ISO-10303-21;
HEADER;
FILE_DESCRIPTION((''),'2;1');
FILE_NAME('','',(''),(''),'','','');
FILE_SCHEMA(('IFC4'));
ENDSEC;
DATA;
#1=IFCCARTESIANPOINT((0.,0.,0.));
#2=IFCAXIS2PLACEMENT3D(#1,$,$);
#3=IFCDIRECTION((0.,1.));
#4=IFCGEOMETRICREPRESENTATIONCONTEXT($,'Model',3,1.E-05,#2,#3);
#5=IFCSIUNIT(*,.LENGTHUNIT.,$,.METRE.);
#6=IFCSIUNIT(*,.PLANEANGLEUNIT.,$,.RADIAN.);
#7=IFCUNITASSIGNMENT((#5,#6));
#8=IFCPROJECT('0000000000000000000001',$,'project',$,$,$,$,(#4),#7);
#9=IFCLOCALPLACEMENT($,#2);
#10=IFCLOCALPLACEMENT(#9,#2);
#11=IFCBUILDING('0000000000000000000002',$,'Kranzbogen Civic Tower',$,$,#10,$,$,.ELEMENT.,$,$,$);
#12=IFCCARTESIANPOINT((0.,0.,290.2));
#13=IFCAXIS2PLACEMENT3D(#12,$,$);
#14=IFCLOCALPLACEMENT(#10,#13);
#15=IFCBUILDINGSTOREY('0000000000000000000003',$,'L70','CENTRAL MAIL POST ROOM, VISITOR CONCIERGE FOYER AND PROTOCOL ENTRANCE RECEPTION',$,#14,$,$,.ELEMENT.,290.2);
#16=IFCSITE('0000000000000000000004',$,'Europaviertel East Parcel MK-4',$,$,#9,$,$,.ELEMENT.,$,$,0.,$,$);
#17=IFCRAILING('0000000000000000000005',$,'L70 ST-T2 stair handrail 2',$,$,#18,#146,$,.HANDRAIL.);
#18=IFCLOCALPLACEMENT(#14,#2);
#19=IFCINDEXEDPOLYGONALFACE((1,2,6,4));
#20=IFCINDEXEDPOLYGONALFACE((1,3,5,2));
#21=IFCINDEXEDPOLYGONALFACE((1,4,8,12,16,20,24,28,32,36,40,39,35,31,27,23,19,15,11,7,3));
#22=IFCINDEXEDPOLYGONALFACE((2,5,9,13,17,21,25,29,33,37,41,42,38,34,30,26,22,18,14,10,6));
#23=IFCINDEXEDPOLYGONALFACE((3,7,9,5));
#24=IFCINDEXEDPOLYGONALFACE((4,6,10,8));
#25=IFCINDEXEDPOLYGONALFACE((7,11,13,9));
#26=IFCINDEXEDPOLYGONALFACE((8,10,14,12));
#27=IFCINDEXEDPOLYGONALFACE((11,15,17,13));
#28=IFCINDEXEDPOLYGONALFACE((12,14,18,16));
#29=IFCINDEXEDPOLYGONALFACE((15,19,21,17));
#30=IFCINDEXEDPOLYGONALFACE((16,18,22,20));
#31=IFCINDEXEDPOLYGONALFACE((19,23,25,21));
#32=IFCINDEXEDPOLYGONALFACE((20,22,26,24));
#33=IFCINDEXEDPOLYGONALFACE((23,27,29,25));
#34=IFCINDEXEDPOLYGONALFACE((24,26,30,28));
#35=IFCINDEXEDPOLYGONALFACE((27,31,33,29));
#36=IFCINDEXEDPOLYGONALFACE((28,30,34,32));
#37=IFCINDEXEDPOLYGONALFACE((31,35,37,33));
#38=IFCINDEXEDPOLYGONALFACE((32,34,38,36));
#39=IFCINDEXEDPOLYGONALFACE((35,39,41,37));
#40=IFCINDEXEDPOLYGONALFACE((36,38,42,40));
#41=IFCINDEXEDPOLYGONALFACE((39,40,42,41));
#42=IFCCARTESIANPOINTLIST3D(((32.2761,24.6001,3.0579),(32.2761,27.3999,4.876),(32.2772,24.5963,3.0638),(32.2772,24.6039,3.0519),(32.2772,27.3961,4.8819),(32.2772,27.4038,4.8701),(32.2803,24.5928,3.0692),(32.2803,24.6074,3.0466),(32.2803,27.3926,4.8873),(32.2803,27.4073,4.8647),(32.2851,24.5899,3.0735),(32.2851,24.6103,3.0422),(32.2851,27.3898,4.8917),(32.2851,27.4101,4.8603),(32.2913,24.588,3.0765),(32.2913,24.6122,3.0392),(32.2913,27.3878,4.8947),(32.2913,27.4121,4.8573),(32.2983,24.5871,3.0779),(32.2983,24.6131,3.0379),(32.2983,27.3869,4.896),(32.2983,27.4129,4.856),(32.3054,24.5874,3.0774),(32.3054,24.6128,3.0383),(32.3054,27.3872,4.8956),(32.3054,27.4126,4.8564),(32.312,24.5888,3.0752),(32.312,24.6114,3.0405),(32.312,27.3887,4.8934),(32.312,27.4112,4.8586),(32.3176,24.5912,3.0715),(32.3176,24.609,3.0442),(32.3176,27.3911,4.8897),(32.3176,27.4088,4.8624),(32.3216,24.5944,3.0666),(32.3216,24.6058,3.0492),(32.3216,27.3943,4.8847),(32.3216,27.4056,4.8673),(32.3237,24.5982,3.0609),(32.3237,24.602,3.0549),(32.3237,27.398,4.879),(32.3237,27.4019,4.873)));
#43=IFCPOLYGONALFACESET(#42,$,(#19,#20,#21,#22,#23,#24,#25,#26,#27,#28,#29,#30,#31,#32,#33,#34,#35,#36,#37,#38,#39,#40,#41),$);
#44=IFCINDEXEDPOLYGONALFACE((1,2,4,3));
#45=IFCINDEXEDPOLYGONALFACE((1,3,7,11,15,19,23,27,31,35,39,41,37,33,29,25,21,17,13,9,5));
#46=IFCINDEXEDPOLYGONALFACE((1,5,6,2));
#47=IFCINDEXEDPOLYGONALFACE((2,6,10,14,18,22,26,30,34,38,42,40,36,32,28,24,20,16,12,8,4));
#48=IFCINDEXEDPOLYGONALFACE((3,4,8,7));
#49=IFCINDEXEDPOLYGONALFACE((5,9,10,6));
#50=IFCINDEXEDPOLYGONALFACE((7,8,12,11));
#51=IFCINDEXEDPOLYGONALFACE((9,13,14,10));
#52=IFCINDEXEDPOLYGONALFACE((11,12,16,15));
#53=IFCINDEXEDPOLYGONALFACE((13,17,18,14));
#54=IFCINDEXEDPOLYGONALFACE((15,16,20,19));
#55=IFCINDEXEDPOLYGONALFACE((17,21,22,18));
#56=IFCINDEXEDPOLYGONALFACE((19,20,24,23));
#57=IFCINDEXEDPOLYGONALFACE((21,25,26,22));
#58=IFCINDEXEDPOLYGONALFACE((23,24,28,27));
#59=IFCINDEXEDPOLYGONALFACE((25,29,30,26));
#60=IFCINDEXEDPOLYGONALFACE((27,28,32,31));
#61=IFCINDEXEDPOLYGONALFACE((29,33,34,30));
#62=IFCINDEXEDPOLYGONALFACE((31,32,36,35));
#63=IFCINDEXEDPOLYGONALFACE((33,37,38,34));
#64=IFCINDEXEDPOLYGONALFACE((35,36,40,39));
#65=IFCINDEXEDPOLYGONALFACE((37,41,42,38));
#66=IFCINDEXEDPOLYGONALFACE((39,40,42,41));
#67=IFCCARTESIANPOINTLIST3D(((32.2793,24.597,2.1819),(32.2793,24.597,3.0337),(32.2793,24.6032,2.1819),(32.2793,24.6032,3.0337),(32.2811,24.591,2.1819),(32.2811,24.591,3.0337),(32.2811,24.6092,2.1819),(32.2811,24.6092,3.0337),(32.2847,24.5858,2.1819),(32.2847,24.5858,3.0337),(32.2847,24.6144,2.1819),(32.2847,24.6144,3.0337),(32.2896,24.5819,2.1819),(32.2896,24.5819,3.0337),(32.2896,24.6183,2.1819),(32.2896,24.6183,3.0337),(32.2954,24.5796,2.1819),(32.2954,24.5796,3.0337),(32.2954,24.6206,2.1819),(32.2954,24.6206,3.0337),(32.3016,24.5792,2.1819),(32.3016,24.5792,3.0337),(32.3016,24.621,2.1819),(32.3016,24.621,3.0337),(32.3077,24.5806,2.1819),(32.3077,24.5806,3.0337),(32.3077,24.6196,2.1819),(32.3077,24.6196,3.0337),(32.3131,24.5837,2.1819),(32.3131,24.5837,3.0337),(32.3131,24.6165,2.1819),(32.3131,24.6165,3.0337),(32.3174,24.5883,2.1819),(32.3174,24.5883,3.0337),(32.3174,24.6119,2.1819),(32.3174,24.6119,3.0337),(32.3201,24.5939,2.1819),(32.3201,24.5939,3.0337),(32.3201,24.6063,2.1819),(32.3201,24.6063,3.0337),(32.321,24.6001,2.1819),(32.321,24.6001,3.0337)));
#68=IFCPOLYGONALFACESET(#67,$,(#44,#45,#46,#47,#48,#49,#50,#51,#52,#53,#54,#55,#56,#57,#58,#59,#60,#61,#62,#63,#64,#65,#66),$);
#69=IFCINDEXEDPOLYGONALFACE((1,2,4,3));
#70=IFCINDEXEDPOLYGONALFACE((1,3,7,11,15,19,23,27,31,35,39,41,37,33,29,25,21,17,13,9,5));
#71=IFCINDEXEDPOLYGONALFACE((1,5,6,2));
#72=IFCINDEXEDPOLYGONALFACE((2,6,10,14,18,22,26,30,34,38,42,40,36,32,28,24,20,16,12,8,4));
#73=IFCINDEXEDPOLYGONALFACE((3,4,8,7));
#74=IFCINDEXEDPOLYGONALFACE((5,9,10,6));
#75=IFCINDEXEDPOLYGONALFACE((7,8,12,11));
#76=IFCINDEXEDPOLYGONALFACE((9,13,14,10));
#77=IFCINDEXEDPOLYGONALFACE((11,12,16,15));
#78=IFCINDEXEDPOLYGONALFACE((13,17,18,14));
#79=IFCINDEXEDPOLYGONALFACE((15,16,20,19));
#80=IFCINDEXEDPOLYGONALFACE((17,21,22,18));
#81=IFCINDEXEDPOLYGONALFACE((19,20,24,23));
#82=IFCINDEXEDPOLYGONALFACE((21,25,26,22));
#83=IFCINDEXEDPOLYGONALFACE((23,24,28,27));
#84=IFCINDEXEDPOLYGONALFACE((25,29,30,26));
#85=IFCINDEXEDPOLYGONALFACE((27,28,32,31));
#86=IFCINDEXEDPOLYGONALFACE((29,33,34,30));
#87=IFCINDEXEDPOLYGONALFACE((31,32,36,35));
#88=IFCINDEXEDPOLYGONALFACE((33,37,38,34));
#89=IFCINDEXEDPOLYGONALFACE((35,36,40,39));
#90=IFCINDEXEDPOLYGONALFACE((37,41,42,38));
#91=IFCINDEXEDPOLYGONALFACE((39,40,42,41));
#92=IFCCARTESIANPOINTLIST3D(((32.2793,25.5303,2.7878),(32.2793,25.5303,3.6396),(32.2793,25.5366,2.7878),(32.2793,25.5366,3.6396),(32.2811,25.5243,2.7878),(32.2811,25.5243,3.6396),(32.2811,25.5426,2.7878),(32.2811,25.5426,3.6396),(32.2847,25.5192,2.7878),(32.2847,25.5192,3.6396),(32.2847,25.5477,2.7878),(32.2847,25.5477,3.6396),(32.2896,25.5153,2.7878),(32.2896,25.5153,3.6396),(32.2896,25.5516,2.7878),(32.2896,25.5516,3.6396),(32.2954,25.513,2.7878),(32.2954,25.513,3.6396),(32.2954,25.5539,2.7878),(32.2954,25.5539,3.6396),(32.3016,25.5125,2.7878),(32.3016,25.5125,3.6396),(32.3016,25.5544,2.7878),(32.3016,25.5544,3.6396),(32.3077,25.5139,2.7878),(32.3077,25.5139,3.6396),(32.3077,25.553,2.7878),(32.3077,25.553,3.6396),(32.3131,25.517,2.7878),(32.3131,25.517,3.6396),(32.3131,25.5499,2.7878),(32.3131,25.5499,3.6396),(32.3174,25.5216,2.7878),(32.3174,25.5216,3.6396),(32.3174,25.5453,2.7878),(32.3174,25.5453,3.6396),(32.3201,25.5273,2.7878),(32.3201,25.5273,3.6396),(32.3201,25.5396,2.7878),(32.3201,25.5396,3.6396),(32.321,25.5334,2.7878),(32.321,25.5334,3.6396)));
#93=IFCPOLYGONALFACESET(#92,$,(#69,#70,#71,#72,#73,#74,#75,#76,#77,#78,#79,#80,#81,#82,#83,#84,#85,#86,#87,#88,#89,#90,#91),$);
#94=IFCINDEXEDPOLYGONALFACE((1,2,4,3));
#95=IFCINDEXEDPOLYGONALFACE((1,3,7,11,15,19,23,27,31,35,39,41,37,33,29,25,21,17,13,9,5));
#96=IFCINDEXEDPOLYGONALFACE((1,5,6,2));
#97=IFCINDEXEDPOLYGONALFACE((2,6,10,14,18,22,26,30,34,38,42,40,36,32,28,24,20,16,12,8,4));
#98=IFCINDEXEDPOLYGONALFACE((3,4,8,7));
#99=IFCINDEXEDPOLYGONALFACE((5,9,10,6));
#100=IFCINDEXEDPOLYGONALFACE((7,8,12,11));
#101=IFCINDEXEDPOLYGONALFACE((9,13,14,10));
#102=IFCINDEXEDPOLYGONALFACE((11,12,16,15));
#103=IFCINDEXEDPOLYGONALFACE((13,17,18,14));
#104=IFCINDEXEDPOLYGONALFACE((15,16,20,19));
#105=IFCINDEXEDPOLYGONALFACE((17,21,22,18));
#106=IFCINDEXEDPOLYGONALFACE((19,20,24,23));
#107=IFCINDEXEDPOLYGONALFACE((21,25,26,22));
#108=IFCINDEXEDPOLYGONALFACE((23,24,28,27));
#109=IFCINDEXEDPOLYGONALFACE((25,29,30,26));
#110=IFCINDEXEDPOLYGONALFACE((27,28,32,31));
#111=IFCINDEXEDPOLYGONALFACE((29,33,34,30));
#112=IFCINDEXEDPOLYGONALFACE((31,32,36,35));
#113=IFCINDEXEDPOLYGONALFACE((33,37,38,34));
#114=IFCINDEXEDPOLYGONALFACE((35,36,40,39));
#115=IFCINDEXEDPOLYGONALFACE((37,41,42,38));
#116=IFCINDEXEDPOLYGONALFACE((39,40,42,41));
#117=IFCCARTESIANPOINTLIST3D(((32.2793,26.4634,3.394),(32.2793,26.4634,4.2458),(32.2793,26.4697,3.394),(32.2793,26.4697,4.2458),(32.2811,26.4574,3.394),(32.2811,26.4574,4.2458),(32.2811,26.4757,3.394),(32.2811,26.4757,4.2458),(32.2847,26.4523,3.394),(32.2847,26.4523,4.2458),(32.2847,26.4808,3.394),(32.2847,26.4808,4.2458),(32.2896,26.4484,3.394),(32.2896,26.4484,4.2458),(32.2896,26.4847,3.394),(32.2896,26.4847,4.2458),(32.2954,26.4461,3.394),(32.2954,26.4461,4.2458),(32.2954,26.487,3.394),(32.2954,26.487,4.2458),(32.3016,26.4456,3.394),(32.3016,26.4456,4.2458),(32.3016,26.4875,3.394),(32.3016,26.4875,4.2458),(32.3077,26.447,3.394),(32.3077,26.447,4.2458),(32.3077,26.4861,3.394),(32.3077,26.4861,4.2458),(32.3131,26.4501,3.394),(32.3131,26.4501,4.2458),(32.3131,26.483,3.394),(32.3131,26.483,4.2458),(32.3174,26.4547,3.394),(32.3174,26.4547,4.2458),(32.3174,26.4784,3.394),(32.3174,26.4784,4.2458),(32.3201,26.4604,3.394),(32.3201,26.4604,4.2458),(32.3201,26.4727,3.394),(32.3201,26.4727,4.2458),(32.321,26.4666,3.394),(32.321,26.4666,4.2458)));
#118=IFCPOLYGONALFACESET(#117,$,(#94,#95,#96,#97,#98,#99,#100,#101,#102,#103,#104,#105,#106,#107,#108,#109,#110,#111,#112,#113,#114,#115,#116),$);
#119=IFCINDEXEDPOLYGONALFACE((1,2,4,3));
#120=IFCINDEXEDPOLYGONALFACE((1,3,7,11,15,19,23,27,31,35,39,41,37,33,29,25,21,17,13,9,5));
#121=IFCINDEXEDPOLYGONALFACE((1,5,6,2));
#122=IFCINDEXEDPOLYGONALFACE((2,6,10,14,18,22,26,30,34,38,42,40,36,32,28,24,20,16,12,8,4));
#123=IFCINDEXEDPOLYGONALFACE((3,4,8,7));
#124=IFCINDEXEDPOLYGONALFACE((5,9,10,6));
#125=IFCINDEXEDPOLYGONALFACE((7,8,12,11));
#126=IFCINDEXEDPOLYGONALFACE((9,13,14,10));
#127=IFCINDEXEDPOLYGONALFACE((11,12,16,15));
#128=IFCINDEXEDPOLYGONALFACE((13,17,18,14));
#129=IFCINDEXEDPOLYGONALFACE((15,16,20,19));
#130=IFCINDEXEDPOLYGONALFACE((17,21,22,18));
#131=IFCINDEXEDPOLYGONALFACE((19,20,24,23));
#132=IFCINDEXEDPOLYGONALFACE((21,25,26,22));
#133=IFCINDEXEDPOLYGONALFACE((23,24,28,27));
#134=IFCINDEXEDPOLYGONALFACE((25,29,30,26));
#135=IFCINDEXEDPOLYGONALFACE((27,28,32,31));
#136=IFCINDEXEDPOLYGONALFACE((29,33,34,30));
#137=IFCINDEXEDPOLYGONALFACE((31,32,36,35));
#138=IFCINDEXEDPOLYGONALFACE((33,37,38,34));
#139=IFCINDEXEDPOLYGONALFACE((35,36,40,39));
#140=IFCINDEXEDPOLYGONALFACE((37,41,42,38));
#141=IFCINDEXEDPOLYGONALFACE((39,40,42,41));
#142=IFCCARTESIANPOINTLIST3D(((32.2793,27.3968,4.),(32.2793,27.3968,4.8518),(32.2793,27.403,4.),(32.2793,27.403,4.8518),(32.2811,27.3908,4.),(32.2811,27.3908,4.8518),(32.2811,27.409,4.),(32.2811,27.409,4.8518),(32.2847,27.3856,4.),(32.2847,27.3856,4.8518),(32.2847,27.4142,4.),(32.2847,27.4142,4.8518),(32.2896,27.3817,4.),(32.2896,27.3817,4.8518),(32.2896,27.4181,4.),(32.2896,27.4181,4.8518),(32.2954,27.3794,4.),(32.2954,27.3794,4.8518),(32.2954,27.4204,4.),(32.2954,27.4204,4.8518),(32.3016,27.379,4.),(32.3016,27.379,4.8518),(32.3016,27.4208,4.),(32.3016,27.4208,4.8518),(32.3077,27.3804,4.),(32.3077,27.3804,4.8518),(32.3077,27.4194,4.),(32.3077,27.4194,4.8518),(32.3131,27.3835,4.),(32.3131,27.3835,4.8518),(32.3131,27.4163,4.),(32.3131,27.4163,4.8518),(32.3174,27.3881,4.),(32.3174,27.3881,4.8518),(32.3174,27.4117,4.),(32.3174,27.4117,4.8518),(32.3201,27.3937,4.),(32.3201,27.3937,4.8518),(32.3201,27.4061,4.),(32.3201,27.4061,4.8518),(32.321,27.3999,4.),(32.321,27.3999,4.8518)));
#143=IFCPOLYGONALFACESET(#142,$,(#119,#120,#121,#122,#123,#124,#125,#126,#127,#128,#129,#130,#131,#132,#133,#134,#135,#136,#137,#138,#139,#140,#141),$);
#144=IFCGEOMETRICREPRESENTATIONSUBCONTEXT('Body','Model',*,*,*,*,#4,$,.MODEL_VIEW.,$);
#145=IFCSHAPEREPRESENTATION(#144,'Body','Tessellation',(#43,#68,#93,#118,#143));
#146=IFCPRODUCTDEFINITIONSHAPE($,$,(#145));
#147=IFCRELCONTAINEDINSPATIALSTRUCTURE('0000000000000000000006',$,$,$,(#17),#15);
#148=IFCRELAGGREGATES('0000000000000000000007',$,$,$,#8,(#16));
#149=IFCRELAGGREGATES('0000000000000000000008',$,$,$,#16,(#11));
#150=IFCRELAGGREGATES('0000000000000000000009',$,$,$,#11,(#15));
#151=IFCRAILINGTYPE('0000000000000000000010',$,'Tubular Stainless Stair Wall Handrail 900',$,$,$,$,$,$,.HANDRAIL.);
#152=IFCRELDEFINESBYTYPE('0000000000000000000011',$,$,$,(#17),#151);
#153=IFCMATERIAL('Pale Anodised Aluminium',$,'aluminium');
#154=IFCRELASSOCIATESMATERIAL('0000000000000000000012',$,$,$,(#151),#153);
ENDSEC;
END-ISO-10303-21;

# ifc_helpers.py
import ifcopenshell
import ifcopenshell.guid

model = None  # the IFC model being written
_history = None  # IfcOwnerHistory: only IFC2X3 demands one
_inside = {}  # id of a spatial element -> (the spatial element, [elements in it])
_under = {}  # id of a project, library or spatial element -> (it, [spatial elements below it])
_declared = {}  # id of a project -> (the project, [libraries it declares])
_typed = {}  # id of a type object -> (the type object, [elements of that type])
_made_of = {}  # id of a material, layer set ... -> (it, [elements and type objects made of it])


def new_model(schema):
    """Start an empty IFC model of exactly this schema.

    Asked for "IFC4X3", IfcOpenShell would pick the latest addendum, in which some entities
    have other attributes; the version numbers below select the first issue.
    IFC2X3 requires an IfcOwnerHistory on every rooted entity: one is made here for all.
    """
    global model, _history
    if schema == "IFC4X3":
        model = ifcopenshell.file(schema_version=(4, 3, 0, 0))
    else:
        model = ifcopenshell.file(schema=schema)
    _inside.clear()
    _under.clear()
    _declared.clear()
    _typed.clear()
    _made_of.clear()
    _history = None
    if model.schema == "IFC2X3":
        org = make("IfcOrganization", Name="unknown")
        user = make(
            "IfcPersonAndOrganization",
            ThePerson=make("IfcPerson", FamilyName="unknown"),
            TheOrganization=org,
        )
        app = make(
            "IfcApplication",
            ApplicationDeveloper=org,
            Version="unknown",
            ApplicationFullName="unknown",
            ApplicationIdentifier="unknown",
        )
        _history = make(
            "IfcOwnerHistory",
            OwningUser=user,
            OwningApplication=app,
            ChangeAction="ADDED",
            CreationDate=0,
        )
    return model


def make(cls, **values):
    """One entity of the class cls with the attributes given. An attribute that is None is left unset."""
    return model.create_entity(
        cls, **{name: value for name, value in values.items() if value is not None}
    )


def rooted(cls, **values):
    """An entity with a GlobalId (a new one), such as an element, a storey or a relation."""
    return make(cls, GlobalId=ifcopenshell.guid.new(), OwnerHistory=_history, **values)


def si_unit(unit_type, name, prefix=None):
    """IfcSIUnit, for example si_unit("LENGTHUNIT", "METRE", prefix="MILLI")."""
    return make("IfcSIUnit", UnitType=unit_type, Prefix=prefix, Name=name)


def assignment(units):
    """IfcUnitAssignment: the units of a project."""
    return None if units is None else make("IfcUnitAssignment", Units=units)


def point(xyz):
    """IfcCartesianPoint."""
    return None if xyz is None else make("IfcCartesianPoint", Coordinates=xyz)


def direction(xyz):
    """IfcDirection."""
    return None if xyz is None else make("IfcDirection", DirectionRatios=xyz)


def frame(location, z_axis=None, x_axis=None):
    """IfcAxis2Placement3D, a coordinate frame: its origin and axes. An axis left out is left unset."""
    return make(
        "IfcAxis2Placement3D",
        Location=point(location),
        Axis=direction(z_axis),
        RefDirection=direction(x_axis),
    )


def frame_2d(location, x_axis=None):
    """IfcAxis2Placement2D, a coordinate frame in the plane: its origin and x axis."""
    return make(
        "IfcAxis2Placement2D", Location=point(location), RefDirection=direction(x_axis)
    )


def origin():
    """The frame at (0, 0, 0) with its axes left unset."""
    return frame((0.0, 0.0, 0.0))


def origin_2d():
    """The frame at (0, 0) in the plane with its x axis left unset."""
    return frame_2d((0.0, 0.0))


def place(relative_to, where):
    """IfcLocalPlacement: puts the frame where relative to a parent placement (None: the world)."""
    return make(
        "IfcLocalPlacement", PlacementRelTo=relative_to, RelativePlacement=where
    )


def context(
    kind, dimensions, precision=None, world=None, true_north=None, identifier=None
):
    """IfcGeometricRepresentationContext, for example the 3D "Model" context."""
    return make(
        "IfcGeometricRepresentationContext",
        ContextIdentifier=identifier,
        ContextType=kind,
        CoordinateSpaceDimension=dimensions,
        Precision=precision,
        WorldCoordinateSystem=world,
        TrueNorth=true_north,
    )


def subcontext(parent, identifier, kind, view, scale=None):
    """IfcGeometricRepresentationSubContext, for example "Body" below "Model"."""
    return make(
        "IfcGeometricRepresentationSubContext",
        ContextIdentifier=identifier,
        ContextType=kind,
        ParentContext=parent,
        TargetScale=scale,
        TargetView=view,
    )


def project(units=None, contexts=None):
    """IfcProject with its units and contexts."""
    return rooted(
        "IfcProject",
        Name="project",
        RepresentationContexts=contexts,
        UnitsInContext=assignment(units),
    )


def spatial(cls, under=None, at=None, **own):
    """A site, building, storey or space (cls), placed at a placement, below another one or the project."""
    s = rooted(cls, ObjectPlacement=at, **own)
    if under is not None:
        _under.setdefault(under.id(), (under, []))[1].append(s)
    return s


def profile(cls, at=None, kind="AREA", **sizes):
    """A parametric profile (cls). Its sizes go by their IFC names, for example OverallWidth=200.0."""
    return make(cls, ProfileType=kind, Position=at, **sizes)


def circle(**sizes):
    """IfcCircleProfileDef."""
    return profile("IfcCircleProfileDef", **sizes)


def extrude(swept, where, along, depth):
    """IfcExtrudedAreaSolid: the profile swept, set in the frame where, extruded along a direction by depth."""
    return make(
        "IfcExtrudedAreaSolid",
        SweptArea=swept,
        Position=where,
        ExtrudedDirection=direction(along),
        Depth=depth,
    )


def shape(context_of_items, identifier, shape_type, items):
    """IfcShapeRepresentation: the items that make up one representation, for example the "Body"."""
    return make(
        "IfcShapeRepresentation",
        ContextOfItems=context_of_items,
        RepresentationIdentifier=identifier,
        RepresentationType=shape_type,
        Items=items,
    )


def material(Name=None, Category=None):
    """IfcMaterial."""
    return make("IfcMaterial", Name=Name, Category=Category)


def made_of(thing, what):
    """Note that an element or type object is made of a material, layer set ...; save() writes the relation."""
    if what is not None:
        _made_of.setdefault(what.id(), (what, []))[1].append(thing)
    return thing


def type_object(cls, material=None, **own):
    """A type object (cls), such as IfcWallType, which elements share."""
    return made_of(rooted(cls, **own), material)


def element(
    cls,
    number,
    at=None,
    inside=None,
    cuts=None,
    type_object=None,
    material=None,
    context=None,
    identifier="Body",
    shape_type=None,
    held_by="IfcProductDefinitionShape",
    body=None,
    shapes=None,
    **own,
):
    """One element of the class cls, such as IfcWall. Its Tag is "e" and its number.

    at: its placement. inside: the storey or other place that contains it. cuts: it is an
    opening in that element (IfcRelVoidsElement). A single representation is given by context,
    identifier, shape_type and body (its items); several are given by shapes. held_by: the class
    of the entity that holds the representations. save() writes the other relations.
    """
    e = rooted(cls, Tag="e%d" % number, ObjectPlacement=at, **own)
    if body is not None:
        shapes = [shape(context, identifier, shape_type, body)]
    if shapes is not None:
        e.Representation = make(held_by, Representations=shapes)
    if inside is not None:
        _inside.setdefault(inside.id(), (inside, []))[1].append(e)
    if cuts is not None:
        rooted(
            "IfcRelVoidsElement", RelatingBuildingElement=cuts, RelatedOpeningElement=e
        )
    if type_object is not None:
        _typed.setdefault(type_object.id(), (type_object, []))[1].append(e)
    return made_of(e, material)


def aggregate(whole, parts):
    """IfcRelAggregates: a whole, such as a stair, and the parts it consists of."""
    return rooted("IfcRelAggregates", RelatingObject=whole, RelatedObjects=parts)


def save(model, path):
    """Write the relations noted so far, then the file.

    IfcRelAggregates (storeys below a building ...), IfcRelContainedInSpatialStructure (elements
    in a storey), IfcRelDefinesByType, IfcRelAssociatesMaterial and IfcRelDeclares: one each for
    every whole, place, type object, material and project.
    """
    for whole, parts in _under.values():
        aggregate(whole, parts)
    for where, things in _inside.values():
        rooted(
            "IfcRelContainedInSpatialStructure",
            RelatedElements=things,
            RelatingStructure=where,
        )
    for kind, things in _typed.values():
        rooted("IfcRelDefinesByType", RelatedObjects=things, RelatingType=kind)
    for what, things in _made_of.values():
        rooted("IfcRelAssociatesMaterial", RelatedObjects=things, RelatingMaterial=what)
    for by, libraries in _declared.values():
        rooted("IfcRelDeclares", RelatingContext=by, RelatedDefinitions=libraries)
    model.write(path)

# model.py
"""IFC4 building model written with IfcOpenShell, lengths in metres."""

from ifc_helpers import new_model, si_unit, direction, frame, origin, origin_2d, place, context, subcontext, project, spatial, circle, extrude, material, type_object, element, save


model = new_model("IFC4")

# Units and contexts
model_context = context("Model", 3, precision=1e-05, world=origin(), true_north=direction((0.0, 1.0)))
body_context = subcontext(model_context, "Body", "Model", "MODEL_VIEW")
ifc_project = project(units=[si_unit("LENGTHUNIT", "METRE"), si_unit("PLANEANGLEUNIT", "RADIAN")], contexts=[model_context])

# Site, building, storey
site_placement = place(None, origin())
site = spatial("IfcSite", under=ifc_project, at=site_placement, Name="Europaviertel East Parcel MK-4", CompositionType="ELEMENT", RefElevation=0.0)
building_placement = place(site_placement, origin())
building = spatial("IfcBuilding", under=site, at=building_placement, Name="Kranzbogen Civic Tower", CompositionType="ELEMENT")
storey_placement = place(building_placement, frame((0.0, 0.0, 290.2)))
storey = spatial("IfcBuildingStorey", under=building, at=storey_placement, Name="L70", Description="CENTRAL MAIL POST ROOM, VISITOR CONCIERGE FOYER AND PROTOCOL ENTRANCE RECEPTION", CompositionType="ELEMENT", Elevation=290.2)

# Shared definitions
ifc_material_1 = material(Name="Pale Anodised Aluminium", Category="aluminium")

# Railing
railing_type_1 = type_object("IfcRailingType", Name="Tubular Stainless Stair Wall Handrail 900", PredefinedType="HANDRAIL", material=ifc_material_1)
railing_1_placement = place(storey_placement, frame((32.3, 24.6001, 2.1819)))
element("IfcRailing", 1, at=railing_1_placement, inside=storey, type_object=railing_type_1, Name="L70 ST-T2 stair handrail 2", PredefinedType="HANDRAIL", context=body_context, shape_type="SweptSolid", body=[
    extrude(circle(Radius=0.0239, at=origin_2d()), frame((0.0, 0.0, 0.876), z_axis=(0.0, 0.838684, 0.544618), x_axis=(-1.0, 0.0, 0.0)), (0.0, 0.0, 1.0), 3.3384),
    extrude(circle(Radius=0.021, at=origin_2d()), origin(), (0.0, 0.0, 1.0), 0.8518),
    extrude(circle(Radius=0.021, at=origin_2d()), frame((0.0, 0.9333, 0.606)), (0.0, 0.0, 1.0), 0.8518),
    extrude(circle(Radius=0.021, at=origin_2d()), frame((0.0, 1.8665, 1.2122)), (0.0, 0.0, 1.0), 0.8518),
    extrude(circle(Radius=0.021, at=origin_2d()), frame((0.0, 2.7998, 1.8181)), (0.0, 0.0, 1.0), 0.8518),
])

save(model, "model.ifc")
